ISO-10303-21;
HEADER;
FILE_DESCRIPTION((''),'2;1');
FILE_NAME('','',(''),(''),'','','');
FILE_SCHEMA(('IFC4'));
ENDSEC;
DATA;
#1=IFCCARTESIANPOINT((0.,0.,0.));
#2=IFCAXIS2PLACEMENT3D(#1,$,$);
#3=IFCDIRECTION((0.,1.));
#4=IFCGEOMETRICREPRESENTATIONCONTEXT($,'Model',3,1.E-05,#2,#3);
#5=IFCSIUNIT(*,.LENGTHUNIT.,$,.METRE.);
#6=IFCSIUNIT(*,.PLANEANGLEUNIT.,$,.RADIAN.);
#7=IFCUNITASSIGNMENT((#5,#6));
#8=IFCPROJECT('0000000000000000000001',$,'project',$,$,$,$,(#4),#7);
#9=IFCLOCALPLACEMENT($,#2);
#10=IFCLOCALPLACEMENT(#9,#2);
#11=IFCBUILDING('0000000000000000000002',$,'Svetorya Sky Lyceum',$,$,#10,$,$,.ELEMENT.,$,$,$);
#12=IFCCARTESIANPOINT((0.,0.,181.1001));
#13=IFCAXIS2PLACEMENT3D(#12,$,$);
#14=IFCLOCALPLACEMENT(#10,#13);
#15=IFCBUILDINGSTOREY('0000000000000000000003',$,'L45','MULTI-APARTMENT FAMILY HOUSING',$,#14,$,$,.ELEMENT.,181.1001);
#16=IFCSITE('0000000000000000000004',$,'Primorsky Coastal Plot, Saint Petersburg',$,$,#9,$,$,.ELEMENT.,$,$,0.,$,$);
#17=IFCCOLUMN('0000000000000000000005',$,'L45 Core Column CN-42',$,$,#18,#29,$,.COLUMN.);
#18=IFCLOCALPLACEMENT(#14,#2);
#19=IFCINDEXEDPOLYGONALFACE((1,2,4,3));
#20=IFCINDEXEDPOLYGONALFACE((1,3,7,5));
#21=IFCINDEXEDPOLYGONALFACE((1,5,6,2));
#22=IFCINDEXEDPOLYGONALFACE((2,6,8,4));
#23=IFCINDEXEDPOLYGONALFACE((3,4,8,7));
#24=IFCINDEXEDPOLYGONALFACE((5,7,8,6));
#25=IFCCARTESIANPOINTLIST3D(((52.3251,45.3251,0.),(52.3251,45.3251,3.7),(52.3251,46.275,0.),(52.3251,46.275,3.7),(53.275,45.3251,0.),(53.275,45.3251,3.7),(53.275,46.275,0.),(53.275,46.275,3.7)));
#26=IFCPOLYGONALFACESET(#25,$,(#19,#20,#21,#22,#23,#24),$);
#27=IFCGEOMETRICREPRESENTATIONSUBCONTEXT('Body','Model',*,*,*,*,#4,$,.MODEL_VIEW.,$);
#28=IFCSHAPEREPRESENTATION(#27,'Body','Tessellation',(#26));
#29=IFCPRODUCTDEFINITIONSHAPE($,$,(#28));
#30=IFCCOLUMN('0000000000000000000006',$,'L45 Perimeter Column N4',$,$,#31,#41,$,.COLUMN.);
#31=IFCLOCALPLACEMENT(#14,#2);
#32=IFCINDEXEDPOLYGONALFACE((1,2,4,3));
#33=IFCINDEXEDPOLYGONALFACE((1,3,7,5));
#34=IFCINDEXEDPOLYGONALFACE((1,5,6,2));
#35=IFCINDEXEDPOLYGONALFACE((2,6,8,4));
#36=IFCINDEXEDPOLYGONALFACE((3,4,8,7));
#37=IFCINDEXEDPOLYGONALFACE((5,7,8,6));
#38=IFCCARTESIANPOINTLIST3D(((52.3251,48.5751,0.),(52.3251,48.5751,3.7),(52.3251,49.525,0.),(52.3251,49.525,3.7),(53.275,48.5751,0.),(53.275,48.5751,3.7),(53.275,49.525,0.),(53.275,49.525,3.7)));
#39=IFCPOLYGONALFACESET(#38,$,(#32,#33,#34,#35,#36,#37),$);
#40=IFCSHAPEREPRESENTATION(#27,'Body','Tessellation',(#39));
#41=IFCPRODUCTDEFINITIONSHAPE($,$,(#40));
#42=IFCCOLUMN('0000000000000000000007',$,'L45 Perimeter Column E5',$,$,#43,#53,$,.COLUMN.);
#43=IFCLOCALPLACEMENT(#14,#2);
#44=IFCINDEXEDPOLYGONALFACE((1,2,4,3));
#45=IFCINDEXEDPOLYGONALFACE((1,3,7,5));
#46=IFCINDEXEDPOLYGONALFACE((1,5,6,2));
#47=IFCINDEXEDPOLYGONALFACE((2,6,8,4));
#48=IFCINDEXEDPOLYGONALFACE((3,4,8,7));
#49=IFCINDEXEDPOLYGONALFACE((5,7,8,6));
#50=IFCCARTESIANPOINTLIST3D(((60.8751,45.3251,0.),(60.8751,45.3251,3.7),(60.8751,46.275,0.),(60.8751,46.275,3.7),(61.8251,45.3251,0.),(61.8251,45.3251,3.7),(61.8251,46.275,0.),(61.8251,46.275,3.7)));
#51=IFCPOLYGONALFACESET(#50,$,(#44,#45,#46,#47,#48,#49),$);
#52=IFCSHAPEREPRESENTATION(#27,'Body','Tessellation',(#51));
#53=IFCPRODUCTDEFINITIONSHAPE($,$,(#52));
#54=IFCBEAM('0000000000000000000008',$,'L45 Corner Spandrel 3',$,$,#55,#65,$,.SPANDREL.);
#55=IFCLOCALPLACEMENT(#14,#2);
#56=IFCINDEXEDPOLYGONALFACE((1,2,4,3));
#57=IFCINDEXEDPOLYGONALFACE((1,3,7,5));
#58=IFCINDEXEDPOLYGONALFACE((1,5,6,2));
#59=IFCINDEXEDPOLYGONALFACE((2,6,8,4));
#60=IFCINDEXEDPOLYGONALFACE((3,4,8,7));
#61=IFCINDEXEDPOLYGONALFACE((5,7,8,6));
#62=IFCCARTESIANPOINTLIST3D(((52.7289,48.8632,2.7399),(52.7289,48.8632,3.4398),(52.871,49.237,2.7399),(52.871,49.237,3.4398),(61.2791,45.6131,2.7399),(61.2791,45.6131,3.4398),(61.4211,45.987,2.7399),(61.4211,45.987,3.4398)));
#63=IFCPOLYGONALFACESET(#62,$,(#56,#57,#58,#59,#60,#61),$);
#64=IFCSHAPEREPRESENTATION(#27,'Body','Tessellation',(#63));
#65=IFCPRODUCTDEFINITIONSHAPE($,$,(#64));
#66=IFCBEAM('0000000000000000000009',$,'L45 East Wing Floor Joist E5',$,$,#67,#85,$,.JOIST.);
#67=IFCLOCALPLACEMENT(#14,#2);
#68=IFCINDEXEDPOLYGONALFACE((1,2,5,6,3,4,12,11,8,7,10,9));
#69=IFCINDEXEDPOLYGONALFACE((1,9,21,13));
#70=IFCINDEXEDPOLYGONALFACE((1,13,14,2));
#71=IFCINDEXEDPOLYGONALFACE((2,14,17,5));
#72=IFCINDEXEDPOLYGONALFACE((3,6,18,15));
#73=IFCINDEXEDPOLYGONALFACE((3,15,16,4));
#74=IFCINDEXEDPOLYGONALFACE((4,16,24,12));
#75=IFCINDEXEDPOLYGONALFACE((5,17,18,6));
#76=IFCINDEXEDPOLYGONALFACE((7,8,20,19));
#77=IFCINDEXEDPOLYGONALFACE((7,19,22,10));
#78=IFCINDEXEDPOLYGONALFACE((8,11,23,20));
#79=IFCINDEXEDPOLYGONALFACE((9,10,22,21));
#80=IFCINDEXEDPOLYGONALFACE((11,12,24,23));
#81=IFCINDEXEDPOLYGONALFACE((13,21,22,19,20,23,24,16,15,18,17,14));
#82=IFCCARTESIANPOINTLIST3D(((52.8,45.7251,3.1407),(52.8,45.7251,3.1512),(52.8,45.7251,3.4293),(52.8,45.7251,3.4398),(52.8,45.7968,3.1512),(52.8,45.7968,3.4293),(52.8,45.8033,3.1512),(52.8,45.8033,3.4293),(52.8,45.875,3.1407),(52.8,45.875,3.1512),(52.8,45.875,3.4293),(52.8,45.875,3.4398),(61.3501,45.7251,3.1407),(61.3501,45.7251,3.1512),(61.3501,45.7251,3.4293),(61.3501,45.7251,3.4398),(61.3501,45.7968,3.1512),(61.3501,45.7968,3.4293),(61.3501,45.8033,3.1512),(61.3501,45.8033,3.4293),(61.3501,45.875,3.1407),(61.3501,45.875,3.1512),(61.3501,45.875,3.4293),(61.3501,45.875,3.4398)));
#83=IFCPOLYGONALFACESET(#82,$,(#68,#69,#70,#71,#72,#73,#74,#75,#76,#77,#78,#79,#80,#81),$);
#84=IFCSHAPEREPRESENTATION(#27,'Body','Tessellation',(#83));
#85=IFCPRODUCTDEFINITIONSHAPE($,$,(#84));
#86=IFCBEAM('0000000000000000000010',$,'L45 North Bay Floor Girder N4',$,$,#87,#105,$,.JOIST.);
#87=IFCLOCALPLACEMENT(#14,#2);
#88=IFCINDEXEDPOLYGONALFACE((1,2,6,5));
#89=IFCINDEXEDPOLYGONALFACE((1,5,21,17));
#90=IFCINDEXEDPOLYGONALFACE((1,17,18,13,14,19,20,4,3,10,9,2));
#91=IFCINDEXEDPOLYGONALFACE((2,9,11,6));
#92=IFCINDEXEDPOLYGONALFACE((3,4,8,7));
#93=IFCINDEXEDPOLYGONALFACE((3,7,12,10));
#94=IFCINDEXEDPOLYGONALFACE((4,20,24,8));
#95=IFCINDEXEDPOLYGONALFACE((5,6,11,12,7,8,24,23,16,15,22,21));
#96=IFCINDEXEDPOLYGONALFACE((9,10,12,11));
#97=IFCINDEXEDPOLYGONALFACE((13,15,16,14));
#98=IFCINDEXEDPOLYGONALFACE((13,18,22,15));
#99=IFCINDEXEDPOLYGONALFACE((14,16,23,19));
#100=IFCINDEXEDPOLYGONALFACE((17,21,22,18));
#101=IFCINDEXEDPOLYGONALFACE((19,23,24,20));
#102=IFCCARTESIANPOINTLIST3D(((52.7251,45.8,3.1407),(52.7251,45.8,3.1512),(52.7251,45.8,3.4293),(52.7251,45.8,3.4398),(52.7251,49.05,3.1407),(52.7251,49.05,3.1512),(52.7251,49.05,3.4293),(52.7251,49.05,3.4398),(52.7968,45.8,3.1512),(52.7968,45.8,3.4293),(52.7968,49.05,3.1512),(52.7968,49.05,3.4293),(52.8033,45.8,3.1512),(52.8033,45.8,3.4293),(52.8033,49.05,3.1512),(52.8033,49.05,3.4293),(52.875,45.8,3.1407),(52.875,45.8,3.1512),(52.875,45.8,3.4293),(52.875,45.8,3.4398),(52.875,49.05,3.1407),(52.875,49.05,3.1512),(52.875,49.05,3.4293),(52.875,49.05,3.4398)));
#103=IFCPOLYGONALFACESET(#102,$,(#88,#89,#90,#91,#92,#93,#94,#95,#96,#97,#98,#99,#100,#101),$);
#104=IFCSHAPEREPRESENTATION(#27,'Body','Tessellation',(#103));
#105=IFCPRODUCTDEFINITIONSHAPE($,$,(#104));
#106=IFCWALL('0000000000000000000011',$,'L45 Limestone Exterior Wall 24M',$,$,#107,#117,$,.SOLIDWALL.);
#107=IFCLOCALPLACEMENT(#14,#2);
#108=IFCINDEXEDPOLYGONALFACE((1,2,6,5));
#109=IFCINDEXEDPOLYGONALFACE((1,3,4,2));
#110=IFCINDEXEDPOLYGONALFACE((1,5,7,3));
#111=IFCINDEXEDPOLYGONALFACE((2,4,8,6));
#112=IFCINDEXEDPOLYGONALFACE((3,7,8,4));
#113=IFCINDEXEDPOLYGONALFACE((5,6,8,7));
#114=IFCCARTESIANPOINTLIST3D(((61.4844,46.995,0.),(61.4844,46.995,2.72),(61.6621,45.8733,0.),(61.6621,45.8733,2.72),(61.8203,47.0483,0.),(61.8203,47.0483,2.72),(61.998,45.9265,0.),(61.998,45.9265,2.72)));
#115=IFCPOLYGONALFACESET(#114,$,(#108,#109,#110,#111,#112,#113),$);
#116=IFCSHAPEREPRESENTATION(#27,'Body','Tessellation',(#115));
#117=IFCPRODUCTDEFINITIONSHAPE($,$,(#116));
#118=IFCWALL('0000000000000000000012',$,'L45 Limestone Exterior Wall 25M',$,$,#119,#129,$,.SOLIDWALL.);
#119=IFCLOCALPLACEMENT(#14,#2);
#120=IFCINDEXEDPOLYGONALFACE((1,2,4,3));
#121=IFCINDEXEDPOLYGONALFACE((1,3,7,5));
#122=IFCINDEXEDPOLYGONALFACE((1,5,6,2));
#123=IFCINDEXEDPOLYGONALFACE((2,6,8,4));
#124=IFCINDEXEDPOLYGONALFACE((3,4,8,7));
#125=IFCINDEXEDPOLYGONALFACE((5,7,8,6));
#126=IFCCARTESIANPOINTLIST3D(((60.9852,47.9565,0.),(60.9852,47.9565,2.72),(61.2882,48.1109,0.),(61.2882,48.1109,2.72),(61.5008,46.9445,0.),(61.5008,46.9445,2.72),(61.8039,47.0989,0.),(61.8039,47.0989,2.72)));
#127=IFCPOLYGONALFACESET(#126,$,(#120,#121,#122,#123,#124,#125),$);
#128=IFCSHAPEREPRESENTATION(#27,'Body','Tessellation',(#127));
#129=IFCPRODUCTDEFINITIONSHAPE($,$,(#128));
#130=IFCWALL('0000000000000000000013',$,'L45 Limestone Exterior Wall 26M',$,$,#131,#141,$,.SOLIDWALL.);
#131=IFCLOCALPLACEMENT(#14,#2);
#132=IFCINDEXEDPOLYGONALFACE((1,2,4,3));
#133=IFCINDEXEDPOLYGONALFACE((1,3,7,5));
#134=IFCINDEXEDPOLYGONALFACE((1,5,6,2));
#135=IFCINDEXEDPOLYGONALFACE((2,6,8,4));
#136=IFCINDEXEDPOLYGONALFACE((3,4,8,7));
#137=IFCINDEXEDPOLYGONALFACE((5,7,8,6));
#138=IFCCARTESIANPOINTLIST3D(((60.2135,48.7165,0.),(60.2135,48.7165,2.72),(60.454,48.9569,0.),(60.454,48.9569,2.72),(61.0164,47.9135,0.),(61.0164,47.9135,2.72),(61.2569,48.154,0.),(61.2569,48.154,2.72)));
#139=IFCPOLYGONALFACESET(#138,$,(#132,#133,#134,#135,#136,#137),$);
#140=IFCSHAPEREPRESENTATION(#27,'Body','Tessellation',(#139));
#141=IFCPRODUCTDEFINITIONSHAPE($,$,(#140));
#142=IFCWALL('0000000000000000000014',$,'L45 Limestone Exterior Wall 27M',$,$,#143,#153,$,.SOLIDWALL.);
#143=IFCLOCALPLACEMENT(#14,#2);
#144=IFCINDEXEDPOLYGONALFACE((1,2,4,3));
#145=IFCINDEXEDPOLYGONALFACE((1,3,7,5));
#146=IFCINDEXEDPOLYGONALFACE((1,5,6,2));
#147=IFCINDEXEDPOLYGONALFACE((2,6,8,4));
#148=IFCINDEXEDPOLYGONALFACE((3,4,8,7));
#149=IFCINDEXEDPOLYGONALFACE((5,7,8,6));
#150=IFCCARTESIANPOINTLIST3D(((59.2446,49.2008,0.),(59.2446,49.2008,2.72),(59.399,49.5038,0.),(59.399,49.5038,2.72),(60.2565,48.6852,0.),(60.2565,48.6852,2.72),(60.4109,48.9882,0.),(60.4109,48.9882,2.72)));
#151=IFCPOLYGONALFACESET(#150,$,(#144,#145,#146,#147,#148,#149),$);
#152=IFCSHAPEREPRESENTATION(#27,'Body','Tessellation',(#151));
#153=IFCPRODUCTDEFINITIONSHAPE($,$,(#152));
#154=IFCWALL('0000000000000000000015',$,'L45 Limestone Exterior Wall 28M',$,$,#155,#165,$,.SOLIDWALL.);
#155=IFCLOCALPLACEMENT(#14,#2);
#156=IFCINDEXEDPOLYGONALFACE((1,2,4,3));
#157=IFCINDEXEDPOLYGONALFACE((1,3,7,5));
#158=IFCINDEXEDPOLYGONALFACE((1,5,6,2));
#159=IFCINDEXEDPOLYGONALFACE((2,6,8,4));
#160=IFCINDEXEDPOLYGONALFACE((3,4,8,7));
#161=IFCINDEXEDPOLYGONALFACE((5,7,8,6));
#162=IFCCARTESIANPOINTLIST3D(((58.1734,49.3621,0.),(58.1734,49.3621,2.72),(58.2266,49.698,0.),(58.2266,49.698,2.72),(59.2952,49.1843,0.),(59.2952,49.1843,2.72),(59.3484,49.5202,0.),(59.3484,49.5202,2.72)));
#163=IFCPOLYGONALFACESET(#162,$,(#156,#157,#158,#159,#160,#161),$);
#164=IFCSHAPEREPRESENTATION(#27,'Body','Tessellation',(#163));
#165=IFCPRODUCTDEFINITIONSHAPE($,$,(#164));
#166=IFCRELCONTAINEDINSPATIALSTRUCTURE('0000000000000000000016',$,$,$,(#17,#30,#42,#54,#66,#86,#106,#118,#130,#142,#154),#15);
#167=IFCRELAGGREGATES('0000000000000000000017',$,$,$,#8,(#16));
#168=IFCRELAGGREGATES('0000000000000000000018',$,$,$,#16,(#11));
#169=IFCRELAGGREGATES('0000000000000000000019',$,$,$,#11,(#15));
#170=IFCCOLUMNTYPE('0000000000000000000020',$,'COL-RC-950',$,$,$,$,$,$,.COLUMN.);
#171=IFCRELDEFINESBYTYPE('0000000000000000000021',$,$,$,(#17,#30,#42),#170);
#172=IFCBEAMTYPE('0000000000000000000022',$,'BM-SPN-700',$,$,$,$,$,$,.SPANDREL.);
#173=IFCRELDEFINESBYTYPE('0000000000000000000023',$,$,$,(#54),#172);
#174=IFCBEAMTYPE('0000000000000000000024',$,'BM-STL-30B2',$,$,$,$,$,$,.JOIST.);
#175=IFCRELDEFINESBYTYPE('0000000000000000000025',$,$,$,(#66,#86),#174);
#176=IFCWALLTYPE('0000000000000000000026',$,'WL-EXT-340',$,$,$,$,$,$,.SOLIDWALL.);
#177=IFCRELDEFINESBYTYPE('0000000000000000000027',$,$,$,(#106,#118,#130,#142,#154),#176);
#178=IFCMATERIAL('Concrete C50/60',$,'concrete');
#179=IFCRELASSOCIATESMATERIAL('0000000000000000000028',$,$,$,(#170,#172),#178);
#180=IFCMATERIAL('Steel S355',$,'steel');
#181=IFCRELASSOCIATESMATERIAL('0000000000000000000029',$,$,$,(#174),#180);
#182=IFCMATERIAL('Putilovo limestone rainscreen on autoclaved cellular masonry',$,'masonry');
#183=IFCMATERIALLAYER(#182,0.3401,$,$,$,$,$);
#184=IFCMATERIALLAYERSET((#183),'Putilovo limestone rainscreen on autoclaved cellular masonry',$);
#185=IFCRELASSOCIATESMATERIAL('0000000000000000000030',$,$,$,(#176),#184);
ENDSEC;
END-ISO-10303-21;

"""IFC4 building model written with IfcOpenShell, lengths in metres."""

from ifc_helpers import new_model, si_unit, direction, frame, frame_2d, origin, origin_2d, place, context, subcontext, project, spatial, rectangle, i_section, extrude, material, layer, layer_set, material_profile, profile_set, type_object, element, save


model = new_model("IFC4")

# Units and contexts
model_context = context("Model", 3, precision=1e-05, world=origin(), true_north=direction((0.0, 1.0)))
body_context = subcontext(model_context, "Body", "Model", "MODEL_VIEW")
ifc_project = project(units=[si_unit("LENGTHUNIT", "METRE"), si_unit("PLANEANGLEUNIT", "RADIAN")], contexts=[model_context])

# Site, building, storey
site_placement = place(None, origin())
site = spatial("IfcSite", under=ifc_project, at=site_placement, Name="Primorsky Coastal Plot, Saint Petersburg", CompositionType="ELEMENT", RefElevation=0.0)
building_placement = place(site_placement, origin())
building = spatial("IfcBuilding", under=site, at=building_placement, Name="Svetorya Sky Lyceum", CompositionType="ELEMENT")
storey_placement = place(building_placement, frame((0.0, 0.0, 181.1001)))
storey = spatial("IfcBuildingStorey", under=building, at=storey_placement, Name="L45", Description="MULTI-APARTMENT FAMILY HOUSING", CompositionType="ELEMENT", Elevation=181.1001)

# Columns
ifc_material_1 = material(Name="Concrete C50/60", Category="concrete")
ifc_material_profile_1 = material_profile(ifc_material_1, rectangle(XDim=0.95, YDim=0.95, at=origin_2d()), Name="RC COL 950x950")
ifc_profile_set_1 = profile_set([ifc_material_profile_1], Name="Concrete C50/60")
column_type = type_object("IfcColumnType", Name="COL-RC-950", PredefinedType="COLUMN", material=ifc_profile_set_1)
for number, where, z_axis, x_axis, name in (
    (1, (52.8, 45.8, 0.0), (0.0, 0.0, 1.0), (1.0, 0.0, 0.0), "L45 Core Column CN-42"),
    (2, (52.8, 49.05, 0.0), (0.0, 0.0, 1.0), (1.0, 0.0, 0.0), "L45 Perimeter Column N4"),
    (3, (61.3501, 45.8, 0.0), (0.0, 0.0, 1.0), (1.0, 0.0, 0.0), "L45 Perimeter Column E5"),
):
    element("IfcColumn", number, at=place(storey_placement, frame(where, z_axis=z_axis, x_axis=x_axis)), inside=storey, type_object=column_type, Name=name, PredefinedType="COLUMN", context=body_context, shape_type="SweptSolid", body=[
        extrude(rectangle(XDim=0.95, YDim=0.95, at=origin_2d()), origin(), (0.0, 0.0, 1.0), 3.7),
    ])

# Beams
ifc_material_profile_2 = material_profile(ifc_material_1, rectangle(XDim=0.3999, YDim=0.7, at=origin_2d()), Name="RC SPANDREL 400x700")
ifc_profile_set_2 = profile_set([ifc_material_profile_2], Name="Concrete C50/60")
beam_type_1 = type_object("IfcBeamType", Name="BM-SPN-700", PredefinedType="SPANDREL", material=ifc_profile_set_2)
beam_1_placement = place(storey_placement, frame((61.3501, 45.8, 3.0898), z_axis=(-0.934748, 0.355312, 0.0), x_axis=(-0.355312, -0.934748, 0.0)))
element("IfcBeam", 4, at=beam_1_placement, inside=storey, type_object=beam_type_1, Name="L45 Corner Spandrel 3", PredefinedType="SPANDREL", context=body_context, shape_type="SweptSolid", body=[
    extrude(rectangle(XDim=0.3999, YDim=0.7, at=origin_2d()), origin(), (0.0, 0.0, 1.0), 9.147),
])
ifc_material_2 = material(Name="Steel S355", Category="steel")
ifc_material_profile_3 = material_profile(ifc_material_2, i_section(OverallWidth=0.1499, OverallDepth=0.2991, WebThickness=0.0066, FlangeThickness=0.0105, at=origin_2d()), Name="GOST 30B2")
ifc_profile_set_3 = profile_set([ifc_material_profile_3], Name="Steel S355")
beam_type_2 = type_object("IfcBeamType", Name="BM-STL-30B2", PredefinedType="JOIST", material=ifc_profile_set_3)
beam_2_placement = place(storey_placement, frame((52.8, 45.8, 3.2903), z_axis=(1.0, 0.0, 0.0), x_axis=(0.0, 1.0, 0.0)))
element("IfcBeam", 5, at=beam_2_placement, inside=storey, type_object=beam_type_2, Name="L45 East Wing Floor Joist E5", PredefinedType="JOIST", context=body_context, shape_type="SweptSolid", body=[
    extrude(i_section(OverallWidth=0.1499, OverallDepth=0.2991, WebThickness=0.0066, FlangeThickness=0.0105, at=origin_2d()), origin(), (0.0, 0.0, 1.0), 8.55),
])
beam_3_placement = place(storey_placement, frame((52.8, 45.8, 3.2903), z_axis=(0.0, 1.0, 0.0), x_axis=(-1.0, 0.0, 0.0)))
element("IfcBeam", 6, at=beam_3_placement, inside=storey, type_object=beam_type_2, Name="L45 North Bay Floor Girder N4", PredefinedType="JOIST", context=body_context, shape_type="SweptSolid", body=[
    extrude(i_section(OverallWidth=0.1499, OverallDepth=0.2991, WebThickness=0.0066, FlangeThickness=0.0105, at=origin_2d()), origin(), (0.0, 0.0, 1.0), 3.25),
])

# Walls
ifc_material_3 = material(Name="Putilovo limestone rainscreen on autoclaved cellular masonry", Category="masonry")
ifc_layer_1 = layer(ifc_material_3, 0.3401)
ifc_layer_set_1 = layer_set([ifc_layer_1], Name="Putilovo limestone rainscreen on autoclaved cellular masonry")
wall_type_1 = type_object("IfcWallType", Name="WL-EXT-340", PredefinedType="SOLIDWALL", material=ifc_layer_set_1)
for number, where, z_axis, x_axis, name in (
    (7, (61.8301, 45.8999, 0.0), (0.0, 0.0, 1.0), (-0.156481, 0.987681, 0.0), "L45 Limestone Exterior Wall 24M"),
    (8, (61.6523, 47.0217, 0.0), (0.0, 0.0, 1.0), (-0.453993, 0.891005, 0.0), "L45 Limestone Exterior Wall 25M"),
):
    element("IfcWall", number, at=place(storey_placement, frame(where, z_axis=z_axis, x_axis=x_axis)), inside=storey, type_object=wall_type_1, Name=name, PredefinedType="SOLIDWALL", context=body_context, shape_type="SweptSolid", body=[
        extrude(rectangle(XDim=1.1357, YDim=0.3401, at=frame_2d((0.5679, 0.0))), origin(), (0.0, 0.0, 1.0), 2.72),
    ])
wall_1_placement = place(storey_placement, frame((61.1367, 48.0337, 0.0), z_axis=(0.0, 0.0, 1.0), x_axis=(-0.707107, 0.707107, 0.0)))
element("IfcWall", 9, at=wall_1_placement, inside=storey, type_object=wall_type_1, Name="L45 Limestone Exterior Wall 26M", PredefinedType="SOLIDWALL", context=body_context, shape_type="SweptSolid", body=[
    extrude(rectangle(XDim=1.1355, YDim=0.3401, at=frame_2d((0.5679, 0.0))), origin(), (0.0, 0.0, 1.0), 2.72),
])
for number, where, z_axis, x_axis, name in (
    (10, (60.3337, 48.8367, 0.0), (0.0, 0.0, 1.0), (-0.891005, 0.453993, 0.0), "L45 Limestone Exterior Wall 27M"),
    (11, (59.3218, 49.3523, 0.0), (0.0, 0.0, 1.0), (-0.987681, 0.156481, 0.0), "L45 Limestone Exterior Wall 28M"),
):
    element("IfcWall", number, at=place(storey_placement, frame(where, z_axis=z_axis, x_axis=x_axis)), inside=storey, type_object=wall_type_1, Name=name, PredefinedType="SOLIDWALL", context=body_context, shape_type="SweptSolid", body=[
        extrude(rectangle(XDim=1.1357, YDim=0.3401, at=frame_2d((0.5679, 0.0))), origin(), (0.0, 0.0, 1.0), 2.72),
    ])

save(model, "model.ifc")
